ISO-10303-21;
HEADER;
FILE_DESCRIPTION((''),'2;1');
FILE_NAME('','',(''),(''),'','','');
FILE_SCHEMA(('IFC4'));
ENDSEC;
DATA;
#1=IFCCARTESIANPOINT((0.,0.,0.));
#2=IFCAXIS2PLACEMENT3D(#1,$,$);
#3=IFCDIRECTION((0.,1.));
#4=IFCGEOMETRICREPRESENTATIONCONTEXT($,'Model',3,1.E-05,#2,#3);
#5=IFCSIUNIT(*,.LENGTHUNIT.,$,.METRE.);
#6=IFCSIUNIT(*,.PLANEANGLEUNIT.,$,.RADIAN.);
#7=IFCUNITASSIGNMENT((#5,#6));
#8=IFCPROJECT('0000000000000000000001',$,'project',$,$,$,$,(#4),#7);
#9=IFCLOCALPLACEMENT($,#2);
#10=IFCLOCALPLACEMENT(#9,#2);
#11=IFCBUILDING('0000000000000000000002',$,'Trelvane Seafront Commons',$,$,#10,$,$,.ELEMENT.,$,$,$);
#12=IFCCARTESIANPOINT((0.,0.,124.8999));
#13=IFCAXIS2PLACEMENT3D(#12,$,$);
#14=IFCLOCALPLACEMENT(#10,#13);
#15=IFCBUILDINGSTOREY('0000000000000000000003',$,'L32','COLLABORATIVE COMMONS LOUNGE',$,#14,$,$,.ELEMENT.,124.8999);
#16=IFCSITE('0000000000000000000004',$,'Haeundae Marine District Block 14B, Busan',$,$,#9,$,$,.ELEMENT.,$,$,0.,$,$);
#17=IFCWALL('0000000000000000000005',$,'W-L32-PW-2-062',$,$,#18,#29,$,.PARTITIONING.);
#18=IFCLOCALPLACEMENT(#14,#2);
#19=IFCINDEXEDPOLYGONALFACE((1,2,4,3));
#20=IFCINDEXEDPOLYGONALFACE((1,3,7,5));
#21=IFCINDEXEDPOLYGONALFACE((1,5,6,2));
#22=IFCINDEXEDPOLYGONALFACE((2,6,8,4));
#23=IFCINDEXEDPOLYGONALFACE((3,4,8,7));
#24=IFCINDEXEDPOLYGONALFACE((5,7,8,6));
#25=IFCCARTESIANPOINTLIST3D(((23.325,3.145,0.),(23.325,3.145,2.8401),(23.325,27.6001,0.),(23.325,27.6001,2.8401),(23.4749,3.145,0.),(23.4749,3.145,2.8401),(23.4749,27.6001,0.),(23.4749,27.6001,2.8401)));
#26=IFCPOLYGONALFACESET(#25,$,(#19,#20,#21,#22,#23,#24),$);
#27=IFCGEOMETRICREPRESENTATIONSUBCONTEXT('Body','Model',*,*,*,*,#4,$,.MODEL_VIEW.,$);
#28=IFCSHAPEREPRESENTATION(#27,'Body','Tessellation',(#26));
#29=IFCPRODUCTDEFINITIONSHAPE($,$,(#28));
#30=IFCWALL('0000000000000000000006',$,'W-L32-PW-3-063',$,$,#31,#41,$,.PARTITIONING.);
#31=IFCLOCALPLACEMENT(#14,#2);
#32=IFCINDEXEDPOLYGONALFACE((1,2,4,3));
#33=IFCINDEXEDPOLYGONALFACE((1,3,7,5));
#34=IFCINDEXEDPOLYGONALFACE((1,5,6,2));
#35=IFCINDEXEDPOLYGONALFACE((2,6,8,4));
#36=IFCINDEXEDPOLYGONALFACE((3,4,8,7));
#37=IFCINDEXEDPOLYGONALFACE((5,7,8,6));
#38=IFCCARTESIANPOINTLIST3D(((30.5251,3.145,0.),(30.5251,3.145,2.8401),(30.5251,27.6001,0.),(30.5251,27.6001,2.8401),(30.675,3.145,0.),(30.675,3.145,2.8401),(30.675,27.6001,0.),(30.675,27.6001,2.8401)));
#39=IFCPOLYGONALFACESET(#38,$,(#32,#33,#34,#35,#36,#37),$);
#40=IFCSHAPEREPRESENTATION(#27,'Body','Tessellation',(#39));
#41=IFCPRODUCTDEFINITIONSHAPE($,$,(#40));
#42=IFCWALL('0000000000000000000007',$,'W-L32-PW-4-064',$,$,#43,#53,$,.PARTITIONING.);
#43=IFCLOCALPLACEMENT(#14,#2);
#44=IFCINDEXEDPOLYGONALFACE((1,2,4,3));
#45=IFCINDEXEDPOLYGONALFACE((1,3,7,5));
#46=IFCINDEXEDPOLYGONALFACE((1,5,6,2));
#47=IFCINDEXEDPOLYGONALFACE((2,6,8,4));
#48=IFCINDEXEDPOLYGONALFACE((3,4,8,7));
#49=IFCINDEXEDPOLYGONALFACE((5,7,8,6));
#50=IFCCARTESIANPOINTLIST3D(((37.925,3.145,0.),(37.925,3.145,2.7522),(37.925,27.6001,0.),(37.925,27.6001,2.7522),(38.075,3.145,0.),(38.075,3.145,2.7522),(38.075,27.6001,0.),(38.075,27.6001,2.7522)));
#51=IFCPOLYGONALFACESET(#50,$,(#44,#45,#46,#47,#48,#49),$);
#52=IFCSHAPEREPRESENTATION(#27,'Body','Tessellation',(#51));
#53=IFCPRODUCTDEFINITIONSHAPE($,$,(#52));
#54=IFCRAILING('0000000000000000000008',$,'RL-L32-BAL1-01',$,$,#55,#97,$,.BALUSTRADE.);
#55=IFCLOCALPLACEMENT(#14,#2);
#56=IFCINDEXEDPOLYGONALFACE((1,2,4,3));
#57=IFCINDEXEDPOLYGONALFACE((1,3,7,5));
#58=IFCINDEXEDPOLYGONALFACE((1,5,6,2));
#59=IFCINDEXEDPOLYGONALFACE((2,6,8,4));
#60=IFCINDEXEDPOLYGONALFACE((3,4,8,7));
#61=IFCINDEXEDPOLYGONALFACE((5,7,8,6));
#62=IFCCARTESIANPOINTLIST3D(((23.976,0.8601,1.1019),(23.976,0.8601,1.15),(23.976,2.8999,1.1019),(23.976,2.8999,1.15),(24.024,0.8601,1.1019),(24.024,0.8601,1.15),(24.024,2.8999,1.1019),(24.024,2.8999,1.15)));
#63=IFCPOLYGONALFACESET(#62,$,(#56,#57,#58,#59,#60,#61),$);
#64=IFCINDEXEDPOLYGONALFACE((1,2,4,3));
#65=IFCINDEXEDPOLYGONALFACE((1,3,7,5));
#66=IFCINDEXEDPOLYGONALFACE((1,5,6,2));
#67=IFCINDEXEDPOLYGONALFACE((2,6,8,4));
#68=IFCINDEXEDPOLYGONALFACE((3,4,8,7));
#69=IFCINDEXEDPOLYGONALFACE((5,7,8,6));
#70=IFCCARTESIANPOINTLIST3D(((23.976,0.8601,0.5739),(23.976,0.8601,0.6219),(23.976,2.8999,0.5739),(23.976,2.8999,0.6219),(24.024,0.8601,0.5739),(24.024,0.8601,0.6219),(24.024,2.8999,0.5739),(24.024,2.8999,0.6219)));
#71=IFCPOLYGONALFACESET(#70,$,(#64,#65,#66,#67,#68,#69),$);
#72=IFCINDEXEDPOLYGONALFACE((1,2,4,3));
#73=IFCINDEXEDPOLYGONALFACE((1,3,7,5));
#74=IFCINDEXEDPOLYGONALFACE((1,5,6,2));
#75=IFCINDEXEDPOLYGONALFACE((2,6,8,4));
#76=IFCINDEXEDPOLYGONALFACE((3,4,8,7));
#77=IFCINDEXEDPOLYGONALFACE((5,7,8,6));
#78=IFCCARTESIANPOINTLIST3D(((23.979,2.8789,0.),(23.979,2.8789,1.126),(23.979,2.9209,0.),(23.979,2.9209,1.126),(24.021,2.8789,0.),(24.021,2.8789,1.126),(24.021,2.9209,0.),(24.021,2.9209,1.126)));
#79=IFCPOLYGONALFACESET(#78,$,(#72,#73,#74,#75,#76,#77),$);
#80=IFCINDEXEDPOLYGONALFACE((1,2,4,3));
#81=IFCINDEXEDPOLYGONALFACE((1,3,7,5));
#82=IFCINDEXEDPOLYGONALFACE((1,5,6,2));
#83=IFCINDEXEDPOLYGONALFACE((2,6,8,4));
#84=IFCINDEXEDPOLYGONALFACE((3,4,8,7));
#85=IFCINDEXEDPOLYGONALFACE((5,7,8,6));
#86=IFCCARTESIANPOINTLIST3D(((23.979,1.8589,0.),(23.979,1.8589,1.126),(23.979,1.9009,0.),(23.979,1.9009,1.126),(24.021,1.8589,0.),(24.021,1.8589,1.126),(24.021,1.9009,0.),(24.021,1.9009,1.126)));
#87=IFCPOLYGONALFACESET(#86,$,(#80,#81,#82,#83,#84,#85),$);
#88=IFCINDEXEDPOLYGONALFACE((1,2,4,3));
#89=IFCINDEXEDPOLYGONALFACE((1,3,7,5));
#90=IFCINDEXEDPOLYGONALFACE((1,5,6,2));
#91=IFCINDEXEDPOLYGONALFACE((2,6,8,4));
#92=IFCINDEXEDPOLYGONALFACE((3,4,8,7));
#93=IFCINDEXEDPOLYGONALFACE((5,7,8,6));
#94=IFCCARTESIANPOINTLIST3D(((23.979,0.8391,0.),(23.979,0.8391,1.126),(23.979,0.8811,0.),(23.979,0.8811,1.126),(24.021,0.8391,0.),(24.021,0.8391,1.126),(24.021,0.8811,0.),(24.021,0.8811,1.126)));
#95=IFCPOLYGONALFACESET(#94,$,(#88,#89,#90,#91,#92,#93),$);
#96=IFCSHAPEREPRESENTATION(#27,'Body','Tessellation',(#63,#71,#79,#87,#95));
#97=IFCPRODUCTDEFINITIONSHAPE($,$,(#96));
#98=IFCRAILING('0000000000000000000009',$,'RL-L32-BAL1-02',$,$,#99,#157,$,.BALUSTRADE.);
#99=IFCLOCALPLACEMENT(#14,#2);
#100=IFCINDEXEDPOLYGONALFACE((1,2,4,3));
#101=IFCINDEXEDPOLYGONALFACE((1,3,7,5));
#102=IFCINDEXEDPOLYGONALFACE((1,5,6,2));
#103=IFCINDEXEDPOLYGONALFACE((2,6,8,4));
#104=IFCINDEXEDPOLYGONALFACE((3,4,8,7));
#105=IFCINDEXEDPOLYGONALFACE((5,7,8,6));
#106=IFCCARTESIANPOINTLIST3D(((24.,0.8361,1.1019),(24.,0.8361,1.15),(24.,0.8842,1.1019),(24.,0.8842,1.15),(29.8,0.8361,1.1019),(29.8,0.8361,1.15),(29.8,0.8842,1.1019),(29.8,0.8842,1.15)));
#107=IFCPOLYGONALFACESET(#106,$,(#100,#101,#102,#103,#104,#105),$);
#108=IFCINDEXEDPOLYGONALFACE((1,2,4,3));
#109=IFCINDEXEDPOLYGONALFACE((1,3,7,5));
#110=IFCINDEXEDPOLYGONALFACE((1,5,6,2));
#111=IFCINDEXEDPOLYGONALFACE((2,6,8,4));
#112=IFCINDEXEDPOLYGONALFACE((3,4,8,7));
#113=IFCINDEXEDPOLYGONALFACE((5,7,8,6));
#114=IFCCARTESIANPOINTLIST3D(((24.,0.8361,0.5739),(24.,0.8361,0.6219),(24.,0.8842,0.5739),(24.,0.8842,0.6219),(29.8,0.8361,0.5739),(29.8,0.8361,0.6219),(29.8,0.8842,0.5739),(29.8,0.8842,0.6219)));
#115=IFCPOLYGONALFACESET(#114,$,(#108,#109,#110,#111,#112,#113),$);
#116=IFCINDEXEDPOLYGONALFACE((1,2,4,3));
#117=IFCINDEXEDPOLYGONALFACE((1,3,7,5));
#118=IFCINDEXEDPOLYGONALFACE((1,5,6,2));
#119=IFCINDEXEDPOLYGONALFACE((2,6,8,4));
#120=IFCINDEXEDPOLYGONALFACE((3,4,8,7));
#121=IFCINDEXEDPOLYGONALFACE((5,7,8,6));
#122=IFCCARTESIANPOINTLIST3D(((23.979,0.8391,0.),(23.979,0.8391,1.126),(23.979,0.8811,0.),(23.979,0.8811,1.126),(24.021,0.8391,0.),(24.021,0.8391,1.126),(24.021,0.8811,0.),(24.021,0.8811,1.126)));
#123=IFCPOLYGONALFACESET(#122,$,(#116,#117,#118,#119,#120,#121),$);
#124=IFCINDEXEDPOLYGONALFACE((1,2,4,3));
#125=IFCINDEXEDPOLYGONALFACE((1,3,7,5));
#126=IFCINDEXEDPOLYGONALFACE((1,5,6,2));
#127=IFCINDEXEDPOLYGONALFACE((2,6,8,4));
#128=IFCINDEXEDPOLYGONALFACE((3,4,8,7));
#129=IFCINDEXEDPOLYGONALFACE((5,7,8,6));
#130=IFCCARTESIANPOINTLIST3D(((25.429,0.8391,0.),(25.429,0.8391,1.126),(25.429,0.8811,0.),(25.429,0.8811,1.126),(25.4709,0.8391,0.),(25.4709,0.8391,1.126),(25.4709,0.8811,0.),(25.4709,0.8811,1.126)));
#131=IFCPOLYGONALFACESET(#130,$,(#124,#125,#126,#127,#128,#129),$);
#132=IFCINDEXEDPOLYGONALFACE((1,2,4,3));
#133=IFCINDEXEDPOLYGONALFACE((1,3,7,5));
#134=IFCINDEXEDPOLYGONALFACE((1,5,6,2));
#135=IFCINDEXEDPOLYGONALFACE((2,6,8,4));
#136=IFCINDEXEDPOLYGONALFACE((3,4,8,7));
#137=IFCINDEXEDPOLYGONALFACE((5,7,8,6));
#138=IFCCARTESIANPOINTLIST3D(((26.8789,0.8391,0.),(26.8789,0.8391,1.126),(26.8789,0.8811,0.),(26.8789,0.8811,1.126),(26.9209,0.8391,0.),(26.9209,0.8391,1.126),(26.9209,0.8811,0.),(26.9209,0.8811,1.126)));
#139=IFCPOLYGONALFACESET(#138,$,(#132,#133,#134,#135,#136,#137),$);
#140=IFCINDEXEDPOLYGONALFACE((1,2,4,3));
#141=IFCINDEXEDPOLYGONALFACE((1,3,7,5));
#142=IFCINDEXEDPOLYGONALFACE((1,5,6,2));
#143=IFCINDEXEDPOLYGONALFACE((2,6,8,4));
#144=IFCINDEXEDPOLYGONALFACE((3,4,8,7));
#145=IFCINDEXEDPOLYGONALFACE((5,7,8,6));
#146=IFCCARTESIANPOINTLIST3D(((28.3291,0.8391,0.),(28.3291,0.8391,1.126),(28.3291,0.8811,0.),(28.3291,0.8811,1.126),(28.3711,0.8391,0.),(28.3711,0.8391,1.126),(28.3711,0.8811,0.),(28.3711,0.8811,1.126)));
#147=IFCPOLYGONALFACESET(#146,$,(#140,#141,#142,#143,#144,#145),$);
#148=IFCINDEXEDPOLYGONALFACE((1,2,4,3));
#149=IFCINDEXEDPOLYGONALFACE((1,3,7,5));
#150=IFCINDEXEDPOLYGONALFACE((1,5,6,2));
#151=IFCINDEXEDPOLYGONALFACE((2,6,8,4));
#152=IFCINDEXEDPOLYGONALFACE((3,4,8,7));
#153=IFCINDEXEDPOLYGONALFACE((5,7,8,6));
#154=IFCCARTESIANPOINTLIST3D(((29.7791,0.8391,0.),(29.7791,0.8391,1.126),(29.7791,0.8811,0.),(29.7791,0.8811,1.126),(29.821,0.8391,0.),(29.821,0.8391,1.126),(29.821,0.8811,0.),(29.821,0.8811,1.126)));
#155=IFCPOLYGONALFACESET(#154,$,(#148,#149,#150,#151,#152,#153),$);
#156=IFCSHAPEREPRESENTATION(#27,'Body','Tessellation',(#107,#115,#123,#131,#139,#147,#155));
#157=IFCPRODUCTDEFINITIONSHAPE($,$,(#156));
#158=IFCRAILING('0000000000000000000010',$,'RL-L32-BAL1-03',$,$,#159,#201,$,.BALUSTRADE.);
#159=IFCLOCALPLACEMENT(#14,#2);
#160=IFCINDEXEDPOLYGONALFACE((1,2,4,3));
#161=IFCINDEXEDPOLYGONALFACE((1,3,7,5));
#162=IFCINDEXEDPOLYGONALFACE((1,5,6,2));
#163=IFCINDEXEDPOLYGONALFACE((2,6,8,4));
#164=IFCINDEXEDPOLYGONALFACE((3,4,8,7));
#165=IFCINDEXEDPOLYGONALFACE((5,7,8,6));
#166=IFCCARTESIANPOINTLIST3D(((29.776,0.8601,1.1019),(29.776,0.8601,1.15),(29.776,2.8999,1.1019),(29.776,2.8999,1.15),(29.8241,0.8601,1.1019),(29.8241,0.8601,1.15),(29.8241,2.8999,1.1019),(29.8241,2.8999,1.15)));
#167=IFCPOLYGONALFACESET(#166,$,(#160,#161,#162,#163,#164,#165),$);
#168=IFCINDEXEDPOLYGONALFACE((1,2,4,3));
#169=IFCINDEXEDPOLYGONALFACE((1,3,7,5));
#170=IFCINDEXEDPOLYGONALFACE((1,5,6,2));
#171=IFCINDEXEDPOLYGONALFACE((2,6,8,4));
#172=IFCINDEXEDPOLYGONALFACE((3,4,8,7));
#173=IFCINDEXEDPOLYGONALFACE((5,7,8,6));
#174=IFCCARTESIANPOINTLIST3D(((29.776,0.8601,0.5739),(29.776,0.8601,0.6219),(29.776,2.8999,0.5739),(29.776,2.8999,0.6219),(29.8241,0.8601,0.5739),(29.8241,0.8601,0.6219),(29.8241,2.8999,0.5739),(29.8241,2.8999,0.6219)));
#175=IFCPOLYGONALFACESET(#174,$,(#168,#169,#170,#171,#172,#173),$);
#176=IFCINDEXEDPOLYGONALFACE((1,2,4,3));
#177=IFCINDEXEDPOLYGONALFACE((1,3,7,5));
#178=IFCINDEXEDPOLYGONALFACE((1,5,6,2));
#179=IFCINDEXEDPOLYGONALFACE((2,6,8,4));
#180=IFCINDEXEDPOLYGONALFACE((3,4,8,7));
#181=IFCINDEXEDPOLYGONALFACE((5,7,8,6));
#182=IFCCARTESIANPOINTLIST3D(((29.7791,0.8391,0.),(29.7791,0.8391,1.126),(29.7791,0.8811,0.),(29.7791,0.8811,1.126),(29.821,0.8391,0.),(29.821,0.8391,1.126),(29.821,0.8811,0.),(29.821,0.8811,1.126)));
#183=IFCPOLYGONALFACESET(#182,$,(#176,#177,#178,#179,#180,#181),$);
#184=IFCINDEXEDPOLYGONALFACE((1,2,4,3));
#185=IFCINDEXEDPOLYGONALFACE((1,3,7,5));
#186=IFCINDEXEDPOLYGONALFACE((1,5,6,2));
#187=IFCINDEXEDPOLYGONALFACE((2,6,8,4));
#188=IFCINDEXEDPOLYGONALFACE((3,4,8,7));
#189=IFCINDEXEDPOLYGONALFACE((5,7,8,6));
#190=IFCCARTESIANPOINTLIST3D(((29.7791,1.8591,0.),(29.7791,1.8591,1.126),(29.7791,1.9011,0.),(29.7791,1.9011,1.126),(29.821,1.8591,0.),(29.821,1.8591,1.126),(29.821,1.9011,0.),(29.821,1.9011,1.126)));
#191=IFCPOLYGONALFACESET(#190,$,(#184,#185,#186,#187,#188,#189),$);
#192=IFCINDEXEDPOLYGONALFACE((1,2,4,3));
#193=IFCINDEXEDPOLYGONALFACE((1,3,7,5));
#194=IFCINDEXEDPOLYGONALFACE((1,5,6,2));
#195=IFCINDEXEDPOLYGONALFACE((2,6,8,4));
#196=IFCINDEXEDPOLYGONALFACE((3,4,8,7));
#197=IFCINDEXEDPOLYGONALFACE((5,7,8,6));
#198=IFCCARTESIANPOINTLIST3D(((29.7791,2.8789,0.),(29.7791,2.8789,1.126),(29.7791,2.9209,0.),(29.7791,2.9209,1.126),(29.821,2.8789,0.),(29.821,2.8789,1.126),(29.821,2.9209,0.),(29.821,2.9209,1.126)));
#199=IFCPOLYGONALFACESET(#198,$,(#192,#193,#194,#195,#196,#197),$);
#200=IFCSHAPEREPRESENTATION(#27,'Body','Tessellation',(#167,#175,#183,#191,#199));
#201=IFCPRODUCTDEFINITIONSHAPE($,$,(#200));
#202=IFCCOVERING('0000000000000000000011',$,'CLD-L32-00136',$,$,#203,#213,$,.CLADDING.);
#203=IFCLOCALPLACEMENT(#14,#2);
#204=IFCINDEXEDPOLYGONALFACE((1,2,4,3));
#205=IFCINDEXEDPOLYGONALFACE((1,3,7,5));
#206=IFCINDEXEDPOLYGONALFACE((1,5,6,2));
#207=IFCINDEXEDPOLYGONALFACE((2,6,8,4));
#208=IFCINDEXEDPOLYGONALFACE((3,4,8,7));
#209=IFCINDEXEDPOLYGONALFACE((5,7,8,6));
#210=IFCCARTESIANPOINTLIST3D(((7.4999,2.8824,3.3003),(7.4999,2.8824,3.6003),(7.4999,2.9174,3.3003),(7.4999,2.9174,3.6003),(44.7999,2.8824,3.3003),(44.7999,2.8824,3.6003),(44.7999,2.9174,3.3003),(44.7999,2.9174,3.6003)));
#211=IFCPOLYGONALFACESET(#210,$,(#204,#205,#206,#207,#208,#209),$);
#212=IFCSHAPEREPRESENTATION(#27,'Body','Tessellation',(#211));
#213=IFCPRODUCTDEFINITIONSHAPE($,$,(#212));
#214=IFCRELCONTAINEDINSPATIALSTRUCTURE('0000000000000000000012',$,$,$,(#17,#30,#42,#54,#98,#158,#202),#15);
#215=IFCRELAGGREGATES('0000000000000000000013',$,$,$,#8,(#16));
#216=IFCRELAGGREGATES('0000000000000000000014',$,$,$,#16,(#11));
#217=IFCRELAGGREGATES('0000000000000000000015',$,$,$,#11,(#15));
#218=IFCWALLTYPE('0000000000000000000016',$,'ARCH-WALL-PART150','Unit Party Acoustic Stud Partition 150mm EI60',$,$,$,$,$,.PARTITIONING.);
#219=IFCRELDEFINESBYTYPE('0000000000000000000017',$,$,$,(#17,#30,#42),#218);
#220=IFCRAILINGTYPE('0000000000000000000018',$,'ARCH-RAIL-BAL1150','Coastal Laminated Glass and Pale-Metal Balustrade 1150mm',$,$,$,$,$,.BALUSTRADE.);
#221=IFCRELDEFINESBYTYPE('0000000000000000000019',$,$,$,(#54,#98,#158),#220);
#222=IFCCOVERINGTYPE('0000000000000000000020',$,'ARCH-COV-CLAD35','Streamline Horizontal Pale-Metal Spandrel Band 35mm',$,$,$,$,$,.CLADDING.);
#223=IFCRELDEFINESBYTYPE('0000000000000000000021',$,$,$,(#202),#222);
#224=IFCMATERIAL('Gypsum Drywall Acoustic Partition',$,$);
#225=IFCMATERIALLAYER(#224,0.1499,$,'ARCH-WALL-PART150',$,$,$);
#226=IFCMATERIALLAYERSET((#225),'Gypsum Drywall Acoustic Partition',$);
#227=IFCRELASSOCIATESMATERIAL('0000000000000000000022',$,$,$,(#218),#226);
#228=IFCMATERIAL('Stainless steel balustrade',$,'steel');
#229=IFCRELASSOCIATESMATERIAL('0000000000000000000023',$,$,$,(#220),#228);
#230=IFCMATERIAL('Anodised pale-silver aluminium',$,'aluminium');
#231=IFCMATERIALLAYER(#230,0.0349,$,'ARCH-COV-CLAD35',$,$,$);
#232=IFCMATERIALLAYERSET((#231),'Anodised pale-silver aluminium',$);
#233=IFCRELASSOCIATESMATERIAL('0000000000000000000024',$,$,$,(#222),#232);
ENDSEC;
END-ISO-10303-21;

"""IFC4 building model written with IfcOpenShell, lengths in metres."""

from ifc_helpers import new_model, si_unit, direction, frame, frame_2d, origin, origin_2d, place, context, subcontext, project, spatial, rectangle, extrude, source, transform, mapped, material, layer, layer_set, type_object, element, save


model = new_model("IFC4")

# Units and contexts
model_context = context("Model", 3, precision=1e-05, world=origin(), true_north=direction((0.0, 1.0)))
body_context = subcontext(model_context, "Body", "Model", "MODEL_VIEW")
ifc_project = project(units=[si_unit("LENGTHUNIT", "METRE"), si_unit("PLANEANGLEUNIT", "RADIAN")], contexts=[model_context])

# Site, building, storey
site_placement = place(None, origin())
site = spatial("IfcSite", under=ifc_project, at=site_placement, Name="Haeundae Marine District Block 14B, Busan", CompositionType="ELEMENT", RefElevation=0.0)
building_placement = place(site_placement, origin())
building = spatial("IfcBuilding", under=site, at=building_placement, Name="Trelvane Seafront Commons", CompositionType="ELEMENT")
storey_placement = place(building_placement, frame((0.0, 0.0, 124.8999)))
storey = spatial("IfcBuildingStorey", under=building, at=storey_placement, Name="L32", Description="COLLABORATIVE COMMONS LOUNGE", CompositionType="ELEMENT", Elevation=124.8999)

# Shared definitions
ifc_material_1 = material(Name="Anodised pale-silver aluminium", Category="aluminium")

# Shared definitions
ifc_material_2 = material(Name="Gypsum Drywall Acoustic Partition")

# Walls
ifc_layer_1 = layer(ifc_material_2, 0.1499, Name="ARCH-WALL-PART150")
ifc_layer_set_1 = layer_set([ifc_layer_1], Name="Gypsum Drywall Acoustic Partition")
wall_type_1 = type_object("IfcWallType", Name="ARCH-WALL-PART150", Description="Unit Party Acoustic Stud Partition 150mm EI60", PredefinedType="PARTITIONING", material=ifc_layer_set_1)
for number, where, z_axis, x_axis, name in (
    (1, (23.3999, 3.145, 0.0), (0.0, 0.0, 1.0), (0.0, 1.0, 0.0), "W-L32-PW-2-062"),
    (2, (30.6001, 3.145, 0.0), (0.0, 0.0, 1.0), (0.0, 1.0, 0.0), "W-L32-PW-3-063"),
):
    element("IfcWall", number, at=place(storey_placement, frame(where, z_axis=z_axis, x_axis=x_axis)), inside=storey, type_object=wall_type_1, Name=name, PredefinedType="PARTITIONING", context=body_context, shape_type="SweptSolid", body=[
        extrude(rectangle(XDim=24.4551, YDim=0.1499, at=frame_2d((12.2275, 0.0))), origin(), (0.0, 0.0, 1.0), 2.8401),
    ])
wall_1_placement = place(storey_placement, frame((38.0, 3.145, 0.0), z_axis=(0.0, 0.0, 1.0), x_axis=(0.0, 1.0, 0.0)))
element("IfcWall", 3, at=wall_1_placement, inside=storey, type_object=wall_type_1, Name="W-L32-PW-4-064", PredefinedType="PARTITIONING", context=body_context, shape_type="SweptSolid", body=[
    extrude(rectangle(XDim=24.4551, YDim=0.1499, at=frame_2d((12.2275, 0.0))), origin(), (0.0, 0.0, 1.0), 2.7522),
])

# Railings
ifc_material_3 = material(Name="Stainless steel balustrade", Category="steel")
railing_type = type_object("IfcRailingType", Name="ARCH-RAIL-BAL1150", Description="Coastal Laminated Glass and Pale-Metal Balustrade 1150mm", PredefinedType="BALUSTRADE", material=ifc_material_3)
railing_1_placement = place(storey_placement, frame((24.0, 2.8999, 0.0)))
element("IfcRailing", 4, at=railing_1_placement, inside=storey, type_object=railing_type, Name="RL-L32-BAL1-01", PredefinedType="BALUSTRADE", context=body_context, shape_type="SweptSolid", body=[
    extrude(rectangle(XDim=0.0481, YDim=0.0481, at=origin_2d()), frame((0.0, 0.0, 1.126), z_axis=(0.0, -1.0, 0.0), x_axis=(1.0, 0.0, 0.0)), (0.0, 0.0, 1.0), 2.0398),
    extrude(rectangle(XDim=0.0481, YDim=0.0481, at=origin_2d()), frame((0.0, 0.0, 0.5979), z_axis=(0.0, -1.0, 0.0), x_axis=(1.0, 0.0, 0.0)), (0.0, 0.0, 1.0), 2.0398),
    extrude(rectangle(XDim=0.042, YDim=0.042, at=origin_2d()), origin(), (0.0, 0.0, 1.0), 1.126),
    extrude(rectangle(XDim=0.042, YDim=0.042, at=origin_2d()), frame((0.0, -1.02, 0.0)), (0.0, 0.0, 1.0), 1.126),
    extrude(rectangle(XDim=0.042, YDim=0.042, at=origin_2d()), frame((0.0, -2.0398, 0.0)), (0.0, 0.0, 1.0), 1.126),
])
railing_2_placement = place(storey_placement, frame((24.0, 0.8601, 0.0)))
element("IfcRailing", 5, at=railing_2_placement, inside=storey, type_object=railing_type, Name="RL-L32-BAL1-02", PredefinedType="BALUSTRADE", context=body_context, shape_type="SweptSolid", body=[
    extrude(rectangle(XDim=0.0481, YDim=0.0481, at=origin_2d()), frame((0.0, 0.0, 1.126), z_axis=(1.0, 0.0, 0.0), x_axis=(0.0, 1.0, 0.0)), (0.0, 0.0, 1.0), 5.8),
    extrude(rectangle(XDim=0.0481, YDim=0.0481, at=origin_2d()), frame((0.0, 0.0, 0.5979), z_axis=(1.0, 0.0, 0.0), x_axis=(0.0, 1.0, 0.0)), (0.0, 0.0, 1.0), 5.8),
    extrude(rectangle(XDim=0.042, YDim=0.042, at=origin_2d()), origin(), (0.0, 0.0, 1.0), 1.126),
    extrude(rectangle(XDim=0.042, YDim=0.042, at=origin_2d()), frame((1.45, 0.0, 0.0)), (0.0, 0.0, 1.0), 1.126),
    extrude(rectangle(XDim=0.042, YDim=0.042, at=origin_2d()), frame((2.8999, 0.0, 0.0)), (0.0, 0.0, 1.0), 1.126),
    extrude(rectangle(XDim=0.042, YDim=0.042, at=origin_2d()), frame((4.3501, 0.0, 0.0)), (0.0, 0.0, 1.0), 1.126),
    extrude(rectangle(XDim=0.042, YDim=0.042, at=origin_2d()), frame((5.8, 0.0, 0.0)), (0.0, 0.0, 1.0), 1.126),
])
railing_3_placement = place(storey_placement, frame((29.8, 0.8601, 0.0)))
element("IfcRailing", 6, at=railing_3_placement, inside=storey, type_object=railing_type, Name="RL-L32-BAL1-03", PredefinedType="BALUSTRADE", context=body_context, shape_type="SweptSolid", body=[
    extrude(rectangle(XDim=0.0481, YDim=0.0481, at=origin_2d()), frame((0.0, 0.0, 1.126), z_axis=(0.0, 1.0, 0.0), x_axis=(-1.0, 0.0, 0.0)), (0.0, 0.0, 1.0), 2.0398),
    extrude(rectangle(XDim=0.0481, YDim=0.0481, at=origin_2d()), frame((0.0, 0.0, 0.5979), z_axis=(0.0, 1.0, 0.0), x_axis=(-1.0, 0.0, 0.0)), (0.0, 0.0, 1.0), 2.0398),
    extrude(rectangle(XDim=0.042, YDim=0.042, at=origin_2d()), origin(), (0.0, 0.0, 1.0), 1.126),
    extrude(rectangle(XDim=0.042, YDim=0.042, at=origin_2d()), frame((0.0, 1.02, 0.0)), (0.0, 0.0, 1.0), 1.126),
    extrude(rectangle(XDim=0.042, YDim=0.042, at=origin_2d()), frame((0.0, 2.0398, 0.0)), (0.0, 0.0, 1.0), 1.126),
])

# Covering
ifc_layer_2 = layer(ifc_material_1, 0.0349, Name="ARCH-COV-CLAD35")
ifc_layer_set_2 = layer_set([ifc_layer_2], Name="Anodised pale-silver aluminium")
covering_type = type_object("IfcCoveringType", Name="ARCH-COV-CLAD35", Description="Streamline Horizontal Pale-Metal Spandrel Band 35mm", PredefinedType="CLADDING", material=ifc_layer_set_2)
shared_shape_1 = source(origin(), body_context, "Body", "SweptSolid", [
    extrude(rectangle(XDim=37.3, YDim=0.0349, at=origin_2d()), origin(), (0.0, 0.0, 1.0), 0.3),
])
covering_placement = place(storey_placement, frame((26.1499, 2.8999, 3.3003), z_axis=(0.0, 0.0, 1.0), x_axis=(-1.0, 0.0, 0.0)))
element("IfcCovering", 7, at=covering_placement, inside=storey, type_object=covering_type, Name="CLD-L32-00136", PredefinedType="CLADDING", context=body_context, shape_type="MappedRepresentation", body=[
    mapped(shared_shape_1, transform((0.0, 0.0, 0.0), x_axis=(1.0, 0.0, 0.0), y_axis=(0.0, 1.0, 0.0), z_axis=(0.0, 0.0, 1.0), scale=1.0)),
])

save(model, "model.ifc")
